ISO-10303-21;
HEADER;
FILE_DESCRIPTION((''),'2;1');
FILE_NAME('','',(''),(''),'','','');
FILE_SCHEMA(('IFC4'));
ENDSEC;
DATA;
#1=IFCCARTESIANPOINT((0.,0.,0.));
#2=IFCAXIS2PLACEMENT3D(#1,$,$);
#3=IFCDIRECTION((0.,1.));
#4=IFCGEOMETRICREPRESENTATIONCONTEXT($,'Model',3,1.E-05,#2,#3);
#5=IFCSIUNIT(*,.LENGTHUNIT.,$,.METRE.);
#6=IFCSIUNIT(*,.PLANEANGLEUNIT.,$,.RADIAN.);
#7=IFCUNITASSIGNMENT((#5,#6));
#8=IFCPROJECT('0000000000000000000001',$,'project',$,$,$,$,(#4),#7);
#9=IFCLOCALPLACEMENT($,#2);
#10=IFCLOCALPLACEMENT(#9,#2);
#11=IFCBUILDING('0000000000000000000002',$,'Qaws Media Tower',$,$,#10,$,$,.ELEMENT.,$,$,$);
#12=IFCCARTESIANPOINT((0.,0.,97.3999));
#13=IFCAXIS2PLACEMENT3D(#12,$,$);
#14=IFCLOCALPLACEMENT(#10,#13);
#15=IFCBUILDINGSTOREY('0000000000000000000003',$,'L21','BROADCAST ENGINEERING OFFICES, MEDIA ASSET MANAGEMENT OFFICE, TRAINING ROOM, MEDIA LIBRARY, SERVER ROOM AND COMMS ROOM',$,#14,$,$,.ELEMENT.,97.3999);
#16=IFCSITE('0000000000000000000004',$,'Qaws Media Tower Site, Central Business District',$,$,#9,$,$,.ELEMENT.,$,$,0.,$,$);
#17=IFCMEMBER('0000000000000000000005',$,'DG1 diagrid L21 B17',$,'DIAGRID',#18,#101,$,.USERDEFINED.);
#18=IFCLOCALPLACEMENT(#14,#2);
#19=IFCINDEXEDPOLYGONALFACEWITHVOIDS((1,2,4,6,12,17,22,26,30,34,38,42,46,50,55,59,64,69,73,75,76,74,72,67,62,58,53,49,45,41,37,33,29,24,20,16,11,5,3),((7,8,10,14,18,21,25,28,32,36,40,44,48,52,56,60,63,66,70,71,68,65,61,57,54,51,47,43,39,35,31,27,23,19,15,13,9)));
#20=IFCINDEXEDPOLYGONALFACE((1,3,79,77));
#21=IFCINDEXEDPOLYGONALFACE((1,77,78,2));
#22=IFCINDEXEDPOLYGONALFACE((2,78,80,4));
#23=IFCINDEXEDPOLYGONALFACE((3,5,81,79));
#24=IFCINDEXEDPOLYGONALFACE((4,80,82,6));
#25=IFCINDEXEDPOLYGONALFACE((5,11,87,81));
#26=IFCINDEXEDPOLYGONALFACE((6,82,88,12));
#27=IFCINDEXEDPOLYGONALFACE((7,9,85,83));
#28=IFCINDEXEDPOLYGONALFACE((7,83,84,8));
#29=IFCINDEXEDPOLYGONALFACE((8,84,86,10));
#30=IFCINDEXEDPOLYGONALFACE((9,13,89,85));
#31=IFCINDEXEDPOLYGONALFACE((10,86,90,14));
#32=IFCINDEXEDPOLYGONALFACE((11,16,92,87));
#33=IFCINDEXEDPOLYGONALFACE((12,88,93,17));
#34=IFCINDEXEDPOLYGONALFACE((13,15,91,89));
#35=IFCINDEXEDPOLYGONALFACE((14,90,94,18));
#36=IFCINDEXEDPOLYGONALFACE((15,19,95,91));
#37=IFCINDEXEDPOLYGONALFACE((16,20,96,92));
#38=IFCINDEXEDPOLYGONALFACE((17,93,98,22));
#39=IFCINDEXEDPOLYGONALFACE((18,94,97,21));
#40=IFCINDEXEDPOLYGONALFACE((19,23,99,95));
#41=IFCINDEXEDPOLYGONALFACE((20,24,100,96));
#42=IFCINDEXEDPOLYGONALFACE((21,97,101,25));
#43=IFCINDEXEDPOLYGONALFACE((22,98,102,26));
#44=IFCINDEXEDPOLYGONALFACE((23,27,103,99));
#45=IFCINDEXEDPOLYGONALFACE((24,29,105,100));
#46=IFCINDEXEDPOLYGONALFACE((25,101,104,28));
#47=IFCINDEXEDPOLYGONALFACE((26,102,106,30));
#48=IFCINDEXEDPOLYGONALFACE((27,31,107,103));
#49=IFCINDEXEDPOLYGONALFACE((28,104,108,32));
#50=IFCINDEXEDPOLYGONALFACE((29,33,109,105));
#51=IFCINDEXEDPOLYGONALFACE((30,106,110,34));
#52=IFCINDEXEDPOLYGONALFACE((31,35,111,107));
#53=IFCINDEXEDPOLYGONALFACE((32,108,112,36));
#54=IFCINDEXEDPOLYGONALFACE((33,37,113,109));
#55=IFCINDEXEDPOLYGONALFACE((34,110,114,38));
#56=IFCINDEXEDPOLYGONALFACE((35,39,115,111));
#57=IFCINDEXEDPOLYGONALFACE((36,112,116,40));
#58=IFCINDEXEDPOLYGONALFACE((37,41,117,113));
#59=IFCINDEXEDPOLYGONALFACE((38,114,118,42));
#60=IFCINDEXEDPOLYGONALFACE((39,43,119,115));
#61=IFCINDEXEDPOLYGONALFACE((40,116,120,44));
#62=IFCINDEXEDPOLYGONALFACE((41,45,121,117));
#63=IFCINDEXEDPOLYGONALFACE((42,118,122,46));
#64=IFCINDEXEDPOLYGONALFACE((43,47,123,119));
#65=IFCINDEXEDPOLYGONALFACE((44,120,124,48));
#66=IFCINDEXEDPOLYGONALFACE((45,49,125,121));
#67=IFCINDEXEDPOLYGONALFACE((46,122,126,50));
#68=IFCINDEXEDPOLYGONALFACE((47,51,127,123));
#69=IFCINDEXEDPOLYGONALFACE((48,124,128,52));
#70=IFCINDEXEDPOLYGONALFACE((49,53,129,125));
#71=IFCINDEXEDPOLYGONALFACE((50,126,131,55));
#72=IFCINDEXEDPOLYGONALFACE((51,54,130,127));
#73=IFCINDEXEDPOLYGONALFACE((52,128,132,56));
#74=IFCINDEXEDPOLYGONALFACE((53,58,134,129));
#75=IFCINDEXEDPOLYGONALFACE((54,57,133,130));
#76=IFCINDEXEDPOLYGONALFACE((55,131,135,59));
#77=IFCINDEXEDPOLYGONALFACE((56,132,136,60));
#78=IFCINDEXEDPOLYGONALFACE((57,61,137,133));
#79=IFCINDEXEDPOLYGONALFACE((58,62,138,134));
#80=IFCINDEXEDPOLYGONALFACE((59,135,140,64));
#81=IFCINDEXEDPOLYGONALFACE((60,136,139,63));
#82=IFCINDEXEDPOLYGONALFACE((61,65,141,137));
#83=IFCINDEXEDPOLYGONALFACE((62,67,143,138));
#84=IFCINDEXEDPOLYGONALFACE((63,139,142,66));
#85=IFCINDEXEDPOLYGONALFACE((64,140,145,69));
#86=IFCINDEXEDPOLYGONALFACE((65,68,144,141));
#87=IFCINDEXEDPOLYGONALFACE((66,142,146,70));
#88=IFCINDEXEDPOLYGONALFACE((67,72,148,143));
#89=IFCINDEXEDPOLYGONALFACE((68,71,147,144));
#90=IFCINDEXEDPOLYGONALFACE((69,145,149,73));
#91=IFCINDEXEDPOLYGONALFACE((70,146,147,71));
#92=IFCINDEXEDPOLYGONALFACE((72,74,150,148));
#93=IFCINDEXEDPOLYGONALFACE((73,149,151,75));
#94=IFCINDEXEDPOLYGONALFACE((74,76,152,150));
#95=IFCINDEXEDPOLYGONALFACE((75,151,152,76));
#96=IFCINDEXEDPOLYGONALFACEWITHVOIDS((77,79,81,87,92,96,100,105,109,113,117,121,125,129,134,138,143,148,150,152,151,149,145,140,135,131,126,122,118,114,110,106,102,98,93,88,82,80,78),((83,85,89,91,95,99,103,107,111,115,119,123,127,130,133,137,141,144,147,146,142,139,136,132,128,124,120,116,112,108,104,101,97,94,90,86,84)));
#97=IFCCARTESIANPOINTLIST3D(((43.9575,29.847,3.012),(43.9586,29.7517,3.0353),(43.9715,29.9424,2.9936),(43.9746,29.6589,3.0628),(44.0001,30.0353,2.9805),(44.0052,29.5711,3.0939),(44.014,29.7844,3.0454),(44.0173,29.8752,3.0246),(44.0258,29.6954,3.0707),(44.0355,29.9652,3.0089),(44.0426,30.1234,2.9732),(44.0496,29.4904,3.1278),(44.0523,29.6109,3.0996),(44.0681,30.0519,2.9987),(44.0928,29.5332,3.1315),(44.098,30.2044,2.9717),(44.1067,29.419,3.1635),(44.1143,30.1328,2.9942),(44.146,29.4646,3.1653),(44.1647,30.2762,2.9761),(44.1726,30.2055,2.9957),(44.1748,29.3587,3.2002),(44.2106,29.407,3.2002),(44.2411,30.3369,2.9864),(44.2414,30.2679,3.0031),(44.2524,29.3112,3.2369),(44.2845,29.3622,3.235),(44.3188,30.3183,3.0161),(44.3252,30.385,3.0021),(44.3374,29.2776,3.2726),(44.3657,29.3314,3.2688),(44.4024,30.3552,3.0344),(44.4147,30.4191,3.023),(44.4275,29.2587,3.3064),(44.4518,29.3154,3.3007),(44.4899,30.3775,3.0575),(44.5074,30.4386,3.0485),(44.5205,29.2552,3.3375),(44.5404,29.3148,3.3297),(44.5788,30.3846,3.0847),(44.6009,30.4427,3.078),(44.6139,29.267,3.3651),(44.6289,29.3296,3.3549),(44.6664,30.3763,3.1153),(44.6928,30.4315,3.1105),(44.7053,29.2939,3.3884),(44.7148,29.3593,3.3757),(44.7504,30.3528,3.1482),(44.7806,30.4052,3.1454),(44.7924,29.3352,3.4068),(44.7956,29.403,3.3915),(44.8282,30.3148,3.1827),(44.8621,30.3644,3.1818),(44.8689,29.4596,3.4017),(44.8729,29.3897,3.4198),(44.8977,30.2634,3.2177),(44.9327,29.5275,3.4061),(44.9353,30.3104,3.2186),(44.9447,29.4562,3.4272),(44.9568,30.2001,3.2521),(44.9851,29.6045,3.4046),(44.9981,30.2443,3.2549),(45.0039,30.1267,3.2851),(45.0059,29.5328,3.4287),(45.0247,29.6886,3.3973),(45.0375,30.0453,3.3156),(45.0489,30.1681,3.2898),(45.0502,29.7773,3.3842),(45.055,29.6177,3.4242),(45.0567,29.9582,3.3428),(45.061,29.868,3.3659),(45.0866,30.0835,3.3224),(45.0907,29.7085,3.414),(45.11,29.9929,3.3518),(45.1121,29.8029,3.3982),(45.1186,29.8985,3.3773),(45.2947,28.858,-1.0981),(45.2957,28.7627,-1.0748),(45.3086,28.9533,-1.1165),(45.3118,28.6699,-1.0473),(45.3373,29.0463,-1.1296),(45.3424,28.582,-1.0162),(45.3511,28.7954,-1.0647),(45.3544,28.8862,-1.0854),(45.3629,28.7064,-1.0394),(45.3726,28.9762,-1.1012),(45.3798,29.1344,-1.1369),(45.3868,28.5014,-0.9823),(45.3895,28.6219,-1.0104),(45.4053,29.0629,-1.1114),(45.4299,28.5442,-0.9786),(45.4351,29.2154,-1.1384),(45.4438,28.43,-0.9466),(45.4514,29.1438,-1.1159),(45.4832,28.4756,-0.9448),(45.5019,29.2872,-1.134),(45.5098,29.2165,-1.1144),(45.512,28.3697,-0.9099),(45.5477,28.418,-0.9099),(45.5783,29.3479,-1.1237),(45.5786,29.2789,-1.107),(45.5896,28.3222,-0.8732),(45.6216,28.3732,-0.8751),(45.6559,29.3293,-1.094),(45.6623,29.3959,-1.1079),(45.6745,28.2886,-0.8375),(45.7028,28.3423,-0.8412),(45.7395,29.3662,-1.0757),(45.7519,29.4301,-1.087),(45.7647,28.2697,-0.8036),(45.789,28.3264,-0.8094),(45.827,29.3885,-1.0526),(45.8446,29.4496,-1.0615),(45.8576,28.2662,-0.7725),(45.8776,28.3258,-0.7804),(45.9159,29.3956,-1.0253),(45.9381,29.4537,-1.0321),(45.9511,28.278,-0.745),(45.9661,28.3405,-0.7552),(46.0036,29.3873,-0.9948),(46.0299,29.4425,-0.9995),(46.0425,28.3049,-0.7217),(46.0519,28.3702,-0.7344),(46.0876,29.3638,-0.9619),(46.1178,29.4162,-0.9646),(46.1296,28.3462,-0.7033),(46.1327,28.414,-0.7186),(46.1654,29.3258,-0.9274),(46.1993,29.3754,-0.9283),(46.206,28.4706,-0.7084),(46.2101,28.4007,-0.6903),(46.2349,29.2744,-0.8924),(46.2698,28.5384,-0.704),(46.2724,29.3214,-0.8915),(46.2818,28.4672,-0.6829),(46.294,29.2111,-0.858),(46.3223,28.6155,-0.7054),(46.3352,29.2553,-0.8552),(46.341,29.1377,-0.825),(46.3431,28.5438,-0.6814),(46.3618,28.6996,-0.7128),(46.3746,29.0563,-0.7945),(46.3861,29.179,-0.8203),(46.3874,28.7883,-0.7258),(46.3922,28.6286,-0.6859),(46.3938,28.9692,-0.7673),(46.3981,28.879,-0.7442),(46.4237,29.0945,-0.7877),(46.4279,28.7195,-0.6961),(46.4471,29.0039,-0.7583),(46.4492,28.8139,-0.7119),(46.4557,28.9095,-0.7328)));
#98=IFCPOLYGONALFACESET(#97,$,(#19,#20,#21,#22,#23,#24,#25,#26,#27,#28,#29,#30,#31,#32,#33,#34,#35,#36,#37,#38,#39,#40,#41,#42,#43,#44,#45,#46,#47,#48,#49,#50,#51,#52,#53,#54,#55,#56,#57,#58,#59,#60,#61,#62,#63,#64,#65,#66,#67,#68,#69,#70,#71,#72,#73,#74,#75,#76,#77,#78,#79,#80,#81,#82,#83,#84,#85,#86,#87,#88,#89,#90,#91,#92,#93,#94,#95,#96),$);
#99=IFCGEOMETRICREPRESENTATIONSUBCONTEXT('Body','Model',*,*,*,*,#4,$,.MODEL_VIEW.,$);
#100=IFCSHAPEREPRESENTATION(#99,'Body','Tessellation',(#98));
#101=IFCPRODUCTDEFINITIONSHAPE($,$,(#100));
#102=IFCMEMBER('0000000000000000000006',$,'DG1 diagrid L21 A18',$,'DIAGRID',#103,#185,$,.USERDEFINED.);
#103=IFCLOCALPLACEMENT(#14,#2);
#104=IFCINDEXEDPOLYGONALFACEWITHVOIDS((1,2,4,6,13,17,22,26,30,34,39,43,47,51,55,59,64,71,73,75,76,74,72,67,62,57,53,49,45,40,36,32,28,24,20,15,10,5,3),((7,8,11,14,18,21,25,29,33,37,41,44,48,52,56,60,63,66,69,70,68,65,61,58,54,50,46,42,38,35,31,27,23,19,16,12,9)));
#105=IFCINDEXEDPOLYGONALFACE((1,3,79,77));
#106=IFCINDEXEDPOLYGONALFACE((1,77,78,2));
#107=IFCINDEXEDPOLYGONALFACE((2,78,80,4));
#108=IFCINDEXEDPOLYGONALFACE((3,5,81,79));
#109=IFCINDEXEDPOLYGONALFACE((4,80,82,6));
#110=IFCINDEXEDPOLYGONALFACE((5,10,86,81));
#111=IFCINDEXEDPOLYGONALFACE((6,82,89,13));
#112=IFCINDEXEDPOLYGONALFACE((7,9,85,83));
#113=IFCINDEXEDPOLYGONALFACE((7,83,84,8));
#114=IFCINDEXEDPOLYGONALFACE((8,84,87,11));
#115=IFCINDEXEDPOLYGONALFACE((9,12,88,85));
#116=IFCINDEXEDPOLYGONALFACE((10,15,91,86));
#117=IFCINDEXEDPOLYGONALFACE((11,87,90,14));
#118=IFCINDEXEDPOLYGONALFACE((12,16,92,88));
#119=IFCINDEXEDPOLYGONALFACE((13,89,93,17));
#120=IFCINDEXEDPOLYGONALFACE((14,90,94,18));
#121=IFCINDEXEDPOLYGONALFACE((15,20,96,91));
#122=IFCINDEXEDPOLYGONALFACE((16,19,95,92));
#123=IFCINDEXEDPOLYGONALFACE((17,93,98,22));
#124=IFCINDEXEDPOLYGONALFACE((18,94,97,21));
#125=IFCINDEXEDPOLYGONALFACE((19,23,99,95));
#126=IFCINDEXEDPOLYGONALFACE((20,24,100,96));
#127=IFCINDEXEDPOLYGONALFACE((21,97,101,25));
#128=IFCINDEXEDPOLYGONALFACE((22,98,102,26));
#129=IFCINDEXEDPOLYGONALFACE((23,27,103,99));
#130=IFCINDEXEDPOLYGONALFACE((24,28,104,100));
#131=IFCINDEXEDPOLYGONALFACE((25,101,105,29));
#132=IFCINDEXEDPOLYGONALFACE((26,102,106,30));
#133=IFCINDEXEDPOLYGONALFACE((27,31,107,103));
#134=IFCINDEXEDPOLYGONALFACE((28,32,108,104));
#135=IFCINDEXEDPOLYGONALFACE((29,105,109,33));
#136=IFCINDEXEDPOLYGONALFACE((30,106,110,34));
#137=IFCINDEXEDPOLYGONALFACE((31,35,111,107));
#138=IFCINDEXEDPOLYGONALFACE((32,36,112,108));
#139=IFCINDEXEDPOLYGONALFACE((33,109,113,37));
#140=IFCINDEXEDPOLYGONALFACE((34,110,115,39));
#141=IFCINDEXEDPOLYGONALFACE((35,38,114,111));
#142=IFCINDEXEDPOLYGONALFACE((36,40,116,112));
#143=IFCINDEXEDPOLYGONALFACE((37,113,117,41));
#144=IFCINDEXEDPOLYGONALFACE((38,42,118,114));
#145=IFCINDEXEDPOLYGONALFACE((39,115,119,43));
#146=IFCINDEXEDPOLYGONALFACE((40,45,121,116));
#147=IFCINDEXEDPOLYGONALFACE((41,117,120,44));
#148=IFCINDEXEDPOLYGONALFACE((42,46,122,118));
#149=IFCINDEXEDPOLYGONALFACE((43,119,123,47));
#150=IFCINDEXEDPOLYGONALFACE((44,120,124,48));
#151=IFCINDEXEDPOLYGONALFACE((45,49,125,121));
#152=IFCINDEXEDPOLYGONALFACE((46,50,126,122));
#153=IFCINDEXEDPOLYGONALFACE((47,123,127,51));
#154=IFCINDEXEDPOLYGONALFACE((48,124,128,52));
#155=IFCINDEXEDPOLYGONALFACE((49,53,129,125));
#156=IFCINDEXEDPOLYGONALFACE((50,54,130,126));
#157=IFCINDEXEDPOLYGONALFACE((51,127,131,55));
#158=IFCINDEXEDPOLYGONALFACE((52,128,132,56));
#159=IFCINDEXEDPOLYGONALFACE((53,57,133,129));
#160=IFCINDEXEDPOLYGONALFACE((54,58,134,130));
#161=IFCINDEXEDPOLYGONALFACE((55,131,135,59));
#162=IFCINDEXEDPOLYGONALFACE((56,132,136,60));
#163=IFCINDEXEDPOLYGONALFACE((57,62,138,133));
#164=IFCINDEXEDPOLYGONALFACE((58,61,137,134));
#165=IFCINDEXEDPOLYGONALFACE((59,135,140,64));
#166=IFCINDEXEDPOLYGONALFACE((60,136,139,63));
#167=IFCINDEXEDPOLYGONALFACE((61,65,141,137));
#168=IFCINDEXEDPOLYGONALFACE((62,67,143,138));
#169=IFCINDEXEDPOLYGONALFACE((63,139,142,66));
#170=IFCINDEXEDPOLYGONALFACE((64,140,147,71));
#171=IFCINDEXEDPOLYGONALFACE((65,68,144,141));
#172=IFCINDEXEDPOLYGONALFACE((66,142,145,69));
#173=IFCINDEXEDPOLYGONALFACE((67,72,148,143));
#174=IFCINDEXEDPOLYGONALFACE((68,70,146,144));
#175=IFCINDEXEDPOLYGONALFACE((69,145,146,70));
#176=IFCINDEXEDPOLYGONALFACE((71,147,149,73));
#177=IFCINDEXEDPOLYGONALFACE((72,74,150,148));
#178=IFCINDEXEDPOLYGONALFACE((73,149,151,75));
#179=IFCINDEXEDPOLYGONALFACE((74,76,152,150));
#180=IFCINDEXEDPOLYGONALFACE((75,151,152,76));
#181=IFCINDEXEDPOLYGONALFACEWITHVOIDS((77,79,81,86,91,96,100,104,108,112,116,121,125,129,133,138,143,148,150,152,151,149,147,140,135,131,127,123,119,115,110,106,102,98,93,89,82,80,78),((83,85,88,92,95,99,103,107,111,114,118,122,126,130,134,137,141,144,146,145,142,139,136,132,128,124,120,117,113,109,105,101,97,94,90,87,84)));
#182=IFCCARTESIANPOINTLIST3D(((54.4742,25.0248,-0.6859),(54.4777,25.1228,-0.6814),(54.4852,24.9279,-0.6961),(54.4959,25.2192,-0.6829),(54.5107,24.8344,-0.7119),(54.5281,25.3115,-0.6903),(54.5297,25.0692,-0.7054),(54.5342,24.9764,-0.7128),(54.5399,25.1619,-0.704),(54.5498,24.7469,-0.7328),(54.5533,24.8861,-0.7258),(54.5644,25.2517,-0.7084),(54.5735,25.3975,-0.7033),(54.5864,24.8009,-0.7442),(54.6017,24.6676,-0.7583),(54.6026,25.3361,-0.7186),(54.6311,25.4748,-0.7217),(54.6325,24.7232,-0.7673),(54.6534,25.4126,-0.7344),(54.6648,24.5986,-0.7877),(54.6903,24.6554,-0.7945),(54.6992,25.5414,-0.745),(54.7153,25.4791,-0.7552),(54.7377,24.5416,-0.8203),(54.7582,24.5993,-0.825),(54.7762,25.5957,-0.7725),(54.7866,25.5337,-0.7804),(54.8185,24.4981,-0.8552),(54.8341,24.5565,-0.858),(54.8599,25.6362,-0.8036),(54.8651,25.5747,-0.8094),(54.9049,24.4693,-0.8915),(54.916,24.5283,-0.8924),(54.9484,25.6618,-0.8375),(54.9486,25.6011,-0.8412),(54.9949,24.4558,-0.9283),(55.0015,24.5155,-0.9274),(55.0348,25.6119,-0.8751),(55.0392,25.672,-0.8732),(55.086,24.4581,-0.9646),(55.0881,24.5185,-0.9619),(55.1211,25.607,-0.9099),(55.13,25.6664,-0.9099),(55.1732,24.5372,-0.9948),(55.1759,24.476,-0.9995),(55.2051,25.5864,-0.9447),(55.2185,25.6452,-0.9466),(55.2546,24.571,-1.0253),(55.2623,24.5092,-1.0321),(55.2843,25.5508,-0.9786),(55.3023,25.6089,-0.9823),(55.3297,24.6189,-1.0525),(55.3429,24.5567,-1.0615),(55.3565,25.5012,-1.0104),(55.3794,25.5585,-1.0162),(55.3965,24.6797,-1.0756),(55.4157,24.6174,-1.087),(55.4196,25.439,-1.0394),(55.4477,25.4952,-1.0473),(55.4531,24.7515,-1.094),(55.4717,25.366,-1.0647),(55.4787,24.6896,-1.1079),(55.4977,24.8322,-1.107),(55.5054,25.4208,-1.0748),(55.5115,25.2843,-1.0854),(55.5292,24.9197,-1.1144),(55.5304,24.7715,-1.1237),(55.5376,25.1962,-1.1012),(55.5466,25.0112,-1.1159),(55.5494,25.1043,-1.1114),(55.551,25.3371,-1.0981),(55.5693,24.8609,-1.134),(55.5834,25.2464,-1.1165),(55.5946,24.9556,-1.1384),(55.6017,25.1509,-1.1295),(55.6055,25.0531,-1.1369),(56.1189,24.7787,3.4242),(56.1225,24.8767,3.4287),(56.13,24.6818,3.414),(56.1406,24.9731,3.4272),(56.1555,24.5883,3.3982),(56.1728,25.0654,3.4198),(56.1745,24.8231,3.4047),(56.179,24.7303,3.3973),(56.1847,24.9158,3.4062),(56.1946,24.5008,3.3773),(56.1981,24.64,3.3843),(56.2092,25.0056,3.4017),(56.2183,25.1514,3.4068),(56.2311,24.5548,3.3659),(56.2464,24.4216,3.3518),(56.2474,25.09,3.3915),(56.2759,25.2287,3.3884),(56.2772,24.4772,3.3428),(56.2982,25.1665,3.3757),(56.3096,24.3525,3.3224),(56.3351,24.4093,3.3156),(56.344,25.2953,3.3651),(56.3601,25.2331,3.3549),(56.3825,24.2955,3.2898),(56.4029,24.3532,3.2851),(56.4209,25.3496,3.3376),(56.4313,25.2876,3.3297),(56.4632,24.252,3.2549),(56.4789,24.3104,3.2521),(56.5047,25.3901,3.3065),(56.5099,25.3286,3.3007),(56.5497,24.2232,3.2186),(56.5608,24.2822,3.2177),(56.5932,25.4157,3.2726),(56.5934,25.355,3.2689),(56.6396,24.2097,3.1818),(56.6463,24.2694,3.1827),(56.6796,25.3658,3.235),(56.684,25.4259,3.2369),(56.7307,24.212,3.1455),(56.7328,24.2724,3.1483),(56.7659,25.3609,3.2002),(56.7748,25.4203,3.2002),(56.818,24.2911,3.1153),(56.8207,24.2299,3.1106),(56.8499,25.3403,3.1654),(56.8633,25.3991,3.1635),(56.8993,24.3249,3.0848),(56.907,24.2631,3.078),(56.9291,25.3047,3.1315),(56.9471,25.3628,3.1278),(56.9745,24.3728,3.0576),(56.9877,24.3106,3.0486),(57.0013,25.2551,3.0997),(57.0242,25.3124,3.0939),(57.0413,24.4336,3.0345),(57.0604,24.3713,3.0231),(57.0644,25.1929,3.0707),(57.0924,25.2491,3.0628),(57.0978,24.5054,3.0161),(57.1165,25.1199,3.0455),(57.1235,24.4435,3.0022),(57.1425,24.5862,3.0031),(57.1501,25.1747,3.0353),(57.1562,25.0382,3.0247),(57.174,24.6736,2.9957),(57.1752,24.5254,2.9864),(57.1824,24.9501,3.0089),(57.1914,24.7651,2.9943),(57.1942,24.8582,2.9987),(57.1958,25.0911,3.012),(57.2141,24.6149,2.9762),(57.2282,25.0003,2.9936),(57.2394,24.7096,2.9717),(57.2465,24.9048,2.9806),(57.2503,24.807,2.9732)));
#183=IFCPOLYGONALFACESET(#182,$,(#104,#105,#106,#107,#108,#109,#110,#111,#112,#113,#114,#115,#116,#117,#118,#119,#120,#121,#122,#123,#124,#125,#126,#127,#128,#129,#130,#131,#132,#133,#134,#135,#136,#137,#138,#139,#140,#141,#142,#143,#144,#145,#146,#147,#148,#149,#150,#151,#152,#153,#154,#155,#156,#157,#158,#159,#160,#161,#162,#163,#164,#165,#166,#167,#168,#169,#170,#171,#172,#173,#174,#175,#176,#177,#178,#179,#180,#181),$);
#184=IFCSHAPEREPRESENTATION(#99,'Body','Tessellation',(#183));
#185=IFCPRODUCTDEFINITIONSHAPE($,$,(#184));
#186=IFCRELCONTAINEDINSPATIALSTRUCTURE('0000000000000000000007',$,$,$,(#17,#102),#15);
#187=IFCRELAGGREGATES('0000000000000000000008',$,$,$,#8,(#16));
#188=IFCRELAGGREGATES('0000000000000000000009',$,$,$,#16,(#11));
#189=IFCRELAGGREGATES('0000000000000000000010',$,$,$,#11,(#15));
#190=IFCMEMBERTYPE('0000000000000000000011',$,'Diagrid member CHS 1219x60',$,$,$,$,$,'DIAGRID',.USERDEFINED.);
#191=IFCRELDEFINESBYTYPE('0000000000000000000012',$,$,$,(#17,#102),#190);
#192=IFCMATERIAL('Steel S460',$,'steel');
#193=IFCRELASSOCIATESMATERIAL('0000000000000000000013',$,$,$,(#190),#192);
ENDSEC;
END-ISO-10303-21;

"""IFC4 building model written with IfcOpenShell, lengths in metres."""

from ifc_helpers import new_model, si_unit, direction, frame, origin, origin_2d, place, context, subcontext, project, spatial, hollow_circle, extrude, material, material_profile, profile_set, type_object, element, save


model = new_model("IFC4")

# Units and contexts
model_context = context("Model", 3, precision=1e-05, world=origin(), true_north=direction((0.0, 1.0)))
body_context = subcontext(model_context, "Body", "Model", "MODEL_VIEW")
ifc_project = project(units=[si_unit("LENGTHUNIT", "METRE"), si_unit("PLANEANGLEUNIT", "RADIAN")], contexts=[model_context])

# Site, building, storey
site_placement = place(None, origin())
site = spatial("IfcSite", under=ifc_project, at=site_placement, Name="Qaws Media Tower Site, Central Business District", CompositionType="ELEMENT", RefElevation=0.0)
building_placement = place(site_placement, origin())
building = spatial("IfcBuilding", under=site, at=building_placement, Name="Qaws Media Tower", CompositionType="ELEMENT")
storey_placement = place(building_placement, frame((0.0, 0.0, 97.3999)))
storey = spatial("IfcBuildingStorey", under=building, at=storey_placement, Name="L21", Description="BROADCAST ENGINEERING OFFICES, MEDIA ASSET MANAGEMENT OFFICE, TRAINING ROOM, MEDIA LIBRARY, SERVER ROOM AND COMMS ROOM", CompositionType="ELEMENT", Elevation=97.3999)

# Members
ifc_material_1 = material(Name="Steel S460", Category="steel")
ifc_material_profile_1 = material_profile(ifc_material_1, hollow_circle(Radius=0.6096, WallThickness=0.0601, at=origin_2d()), Name="CHS 1219x60")
ifc_profile_set_1 = profile_set([ifc_material_profile_1], Name="Steel S460")
member_type_1 = type_object("IfcMemberType", Name="Diagrid member CHS 1219x60", ElementType="DIAGRID", PredefinedType="USERDEFINED", material=ifc_profile_set_1)
for number, where, z_axis, x_axis, name in (
    (1, (45.8745, 28.8599, -0.9099), (-0.301579, 0.223059, 0.926982), (-0.594655, -0.803981, 0.0), "DG1 diagrid L21 B17"),
    (2, (55.0398, 25.0635, -0.9099), (0.370961, -0.055504, 0.926988), (0.147974, 0.988991, 0.0), "DG1 diagrid L21 A18"),
):
    element("IfcMember", number, at=place(storey_placement, frame(where, z_axis=z_axis, x_axis=x_axis)), inside=storey, type_object=member_type_1, Name=name, ObjectType="DIAGRID", PredefinedType="USERDEFINED", context=body_context, shape_type="SweptSolid", body=[
        extrude(hollow_circle(Radius=0.6096, WallThickness=0.0601, at=origin_2d()), origin(), (0.0, 0.0, 1.0), 4.4338),
    ])

save(model, "model.ifc")
